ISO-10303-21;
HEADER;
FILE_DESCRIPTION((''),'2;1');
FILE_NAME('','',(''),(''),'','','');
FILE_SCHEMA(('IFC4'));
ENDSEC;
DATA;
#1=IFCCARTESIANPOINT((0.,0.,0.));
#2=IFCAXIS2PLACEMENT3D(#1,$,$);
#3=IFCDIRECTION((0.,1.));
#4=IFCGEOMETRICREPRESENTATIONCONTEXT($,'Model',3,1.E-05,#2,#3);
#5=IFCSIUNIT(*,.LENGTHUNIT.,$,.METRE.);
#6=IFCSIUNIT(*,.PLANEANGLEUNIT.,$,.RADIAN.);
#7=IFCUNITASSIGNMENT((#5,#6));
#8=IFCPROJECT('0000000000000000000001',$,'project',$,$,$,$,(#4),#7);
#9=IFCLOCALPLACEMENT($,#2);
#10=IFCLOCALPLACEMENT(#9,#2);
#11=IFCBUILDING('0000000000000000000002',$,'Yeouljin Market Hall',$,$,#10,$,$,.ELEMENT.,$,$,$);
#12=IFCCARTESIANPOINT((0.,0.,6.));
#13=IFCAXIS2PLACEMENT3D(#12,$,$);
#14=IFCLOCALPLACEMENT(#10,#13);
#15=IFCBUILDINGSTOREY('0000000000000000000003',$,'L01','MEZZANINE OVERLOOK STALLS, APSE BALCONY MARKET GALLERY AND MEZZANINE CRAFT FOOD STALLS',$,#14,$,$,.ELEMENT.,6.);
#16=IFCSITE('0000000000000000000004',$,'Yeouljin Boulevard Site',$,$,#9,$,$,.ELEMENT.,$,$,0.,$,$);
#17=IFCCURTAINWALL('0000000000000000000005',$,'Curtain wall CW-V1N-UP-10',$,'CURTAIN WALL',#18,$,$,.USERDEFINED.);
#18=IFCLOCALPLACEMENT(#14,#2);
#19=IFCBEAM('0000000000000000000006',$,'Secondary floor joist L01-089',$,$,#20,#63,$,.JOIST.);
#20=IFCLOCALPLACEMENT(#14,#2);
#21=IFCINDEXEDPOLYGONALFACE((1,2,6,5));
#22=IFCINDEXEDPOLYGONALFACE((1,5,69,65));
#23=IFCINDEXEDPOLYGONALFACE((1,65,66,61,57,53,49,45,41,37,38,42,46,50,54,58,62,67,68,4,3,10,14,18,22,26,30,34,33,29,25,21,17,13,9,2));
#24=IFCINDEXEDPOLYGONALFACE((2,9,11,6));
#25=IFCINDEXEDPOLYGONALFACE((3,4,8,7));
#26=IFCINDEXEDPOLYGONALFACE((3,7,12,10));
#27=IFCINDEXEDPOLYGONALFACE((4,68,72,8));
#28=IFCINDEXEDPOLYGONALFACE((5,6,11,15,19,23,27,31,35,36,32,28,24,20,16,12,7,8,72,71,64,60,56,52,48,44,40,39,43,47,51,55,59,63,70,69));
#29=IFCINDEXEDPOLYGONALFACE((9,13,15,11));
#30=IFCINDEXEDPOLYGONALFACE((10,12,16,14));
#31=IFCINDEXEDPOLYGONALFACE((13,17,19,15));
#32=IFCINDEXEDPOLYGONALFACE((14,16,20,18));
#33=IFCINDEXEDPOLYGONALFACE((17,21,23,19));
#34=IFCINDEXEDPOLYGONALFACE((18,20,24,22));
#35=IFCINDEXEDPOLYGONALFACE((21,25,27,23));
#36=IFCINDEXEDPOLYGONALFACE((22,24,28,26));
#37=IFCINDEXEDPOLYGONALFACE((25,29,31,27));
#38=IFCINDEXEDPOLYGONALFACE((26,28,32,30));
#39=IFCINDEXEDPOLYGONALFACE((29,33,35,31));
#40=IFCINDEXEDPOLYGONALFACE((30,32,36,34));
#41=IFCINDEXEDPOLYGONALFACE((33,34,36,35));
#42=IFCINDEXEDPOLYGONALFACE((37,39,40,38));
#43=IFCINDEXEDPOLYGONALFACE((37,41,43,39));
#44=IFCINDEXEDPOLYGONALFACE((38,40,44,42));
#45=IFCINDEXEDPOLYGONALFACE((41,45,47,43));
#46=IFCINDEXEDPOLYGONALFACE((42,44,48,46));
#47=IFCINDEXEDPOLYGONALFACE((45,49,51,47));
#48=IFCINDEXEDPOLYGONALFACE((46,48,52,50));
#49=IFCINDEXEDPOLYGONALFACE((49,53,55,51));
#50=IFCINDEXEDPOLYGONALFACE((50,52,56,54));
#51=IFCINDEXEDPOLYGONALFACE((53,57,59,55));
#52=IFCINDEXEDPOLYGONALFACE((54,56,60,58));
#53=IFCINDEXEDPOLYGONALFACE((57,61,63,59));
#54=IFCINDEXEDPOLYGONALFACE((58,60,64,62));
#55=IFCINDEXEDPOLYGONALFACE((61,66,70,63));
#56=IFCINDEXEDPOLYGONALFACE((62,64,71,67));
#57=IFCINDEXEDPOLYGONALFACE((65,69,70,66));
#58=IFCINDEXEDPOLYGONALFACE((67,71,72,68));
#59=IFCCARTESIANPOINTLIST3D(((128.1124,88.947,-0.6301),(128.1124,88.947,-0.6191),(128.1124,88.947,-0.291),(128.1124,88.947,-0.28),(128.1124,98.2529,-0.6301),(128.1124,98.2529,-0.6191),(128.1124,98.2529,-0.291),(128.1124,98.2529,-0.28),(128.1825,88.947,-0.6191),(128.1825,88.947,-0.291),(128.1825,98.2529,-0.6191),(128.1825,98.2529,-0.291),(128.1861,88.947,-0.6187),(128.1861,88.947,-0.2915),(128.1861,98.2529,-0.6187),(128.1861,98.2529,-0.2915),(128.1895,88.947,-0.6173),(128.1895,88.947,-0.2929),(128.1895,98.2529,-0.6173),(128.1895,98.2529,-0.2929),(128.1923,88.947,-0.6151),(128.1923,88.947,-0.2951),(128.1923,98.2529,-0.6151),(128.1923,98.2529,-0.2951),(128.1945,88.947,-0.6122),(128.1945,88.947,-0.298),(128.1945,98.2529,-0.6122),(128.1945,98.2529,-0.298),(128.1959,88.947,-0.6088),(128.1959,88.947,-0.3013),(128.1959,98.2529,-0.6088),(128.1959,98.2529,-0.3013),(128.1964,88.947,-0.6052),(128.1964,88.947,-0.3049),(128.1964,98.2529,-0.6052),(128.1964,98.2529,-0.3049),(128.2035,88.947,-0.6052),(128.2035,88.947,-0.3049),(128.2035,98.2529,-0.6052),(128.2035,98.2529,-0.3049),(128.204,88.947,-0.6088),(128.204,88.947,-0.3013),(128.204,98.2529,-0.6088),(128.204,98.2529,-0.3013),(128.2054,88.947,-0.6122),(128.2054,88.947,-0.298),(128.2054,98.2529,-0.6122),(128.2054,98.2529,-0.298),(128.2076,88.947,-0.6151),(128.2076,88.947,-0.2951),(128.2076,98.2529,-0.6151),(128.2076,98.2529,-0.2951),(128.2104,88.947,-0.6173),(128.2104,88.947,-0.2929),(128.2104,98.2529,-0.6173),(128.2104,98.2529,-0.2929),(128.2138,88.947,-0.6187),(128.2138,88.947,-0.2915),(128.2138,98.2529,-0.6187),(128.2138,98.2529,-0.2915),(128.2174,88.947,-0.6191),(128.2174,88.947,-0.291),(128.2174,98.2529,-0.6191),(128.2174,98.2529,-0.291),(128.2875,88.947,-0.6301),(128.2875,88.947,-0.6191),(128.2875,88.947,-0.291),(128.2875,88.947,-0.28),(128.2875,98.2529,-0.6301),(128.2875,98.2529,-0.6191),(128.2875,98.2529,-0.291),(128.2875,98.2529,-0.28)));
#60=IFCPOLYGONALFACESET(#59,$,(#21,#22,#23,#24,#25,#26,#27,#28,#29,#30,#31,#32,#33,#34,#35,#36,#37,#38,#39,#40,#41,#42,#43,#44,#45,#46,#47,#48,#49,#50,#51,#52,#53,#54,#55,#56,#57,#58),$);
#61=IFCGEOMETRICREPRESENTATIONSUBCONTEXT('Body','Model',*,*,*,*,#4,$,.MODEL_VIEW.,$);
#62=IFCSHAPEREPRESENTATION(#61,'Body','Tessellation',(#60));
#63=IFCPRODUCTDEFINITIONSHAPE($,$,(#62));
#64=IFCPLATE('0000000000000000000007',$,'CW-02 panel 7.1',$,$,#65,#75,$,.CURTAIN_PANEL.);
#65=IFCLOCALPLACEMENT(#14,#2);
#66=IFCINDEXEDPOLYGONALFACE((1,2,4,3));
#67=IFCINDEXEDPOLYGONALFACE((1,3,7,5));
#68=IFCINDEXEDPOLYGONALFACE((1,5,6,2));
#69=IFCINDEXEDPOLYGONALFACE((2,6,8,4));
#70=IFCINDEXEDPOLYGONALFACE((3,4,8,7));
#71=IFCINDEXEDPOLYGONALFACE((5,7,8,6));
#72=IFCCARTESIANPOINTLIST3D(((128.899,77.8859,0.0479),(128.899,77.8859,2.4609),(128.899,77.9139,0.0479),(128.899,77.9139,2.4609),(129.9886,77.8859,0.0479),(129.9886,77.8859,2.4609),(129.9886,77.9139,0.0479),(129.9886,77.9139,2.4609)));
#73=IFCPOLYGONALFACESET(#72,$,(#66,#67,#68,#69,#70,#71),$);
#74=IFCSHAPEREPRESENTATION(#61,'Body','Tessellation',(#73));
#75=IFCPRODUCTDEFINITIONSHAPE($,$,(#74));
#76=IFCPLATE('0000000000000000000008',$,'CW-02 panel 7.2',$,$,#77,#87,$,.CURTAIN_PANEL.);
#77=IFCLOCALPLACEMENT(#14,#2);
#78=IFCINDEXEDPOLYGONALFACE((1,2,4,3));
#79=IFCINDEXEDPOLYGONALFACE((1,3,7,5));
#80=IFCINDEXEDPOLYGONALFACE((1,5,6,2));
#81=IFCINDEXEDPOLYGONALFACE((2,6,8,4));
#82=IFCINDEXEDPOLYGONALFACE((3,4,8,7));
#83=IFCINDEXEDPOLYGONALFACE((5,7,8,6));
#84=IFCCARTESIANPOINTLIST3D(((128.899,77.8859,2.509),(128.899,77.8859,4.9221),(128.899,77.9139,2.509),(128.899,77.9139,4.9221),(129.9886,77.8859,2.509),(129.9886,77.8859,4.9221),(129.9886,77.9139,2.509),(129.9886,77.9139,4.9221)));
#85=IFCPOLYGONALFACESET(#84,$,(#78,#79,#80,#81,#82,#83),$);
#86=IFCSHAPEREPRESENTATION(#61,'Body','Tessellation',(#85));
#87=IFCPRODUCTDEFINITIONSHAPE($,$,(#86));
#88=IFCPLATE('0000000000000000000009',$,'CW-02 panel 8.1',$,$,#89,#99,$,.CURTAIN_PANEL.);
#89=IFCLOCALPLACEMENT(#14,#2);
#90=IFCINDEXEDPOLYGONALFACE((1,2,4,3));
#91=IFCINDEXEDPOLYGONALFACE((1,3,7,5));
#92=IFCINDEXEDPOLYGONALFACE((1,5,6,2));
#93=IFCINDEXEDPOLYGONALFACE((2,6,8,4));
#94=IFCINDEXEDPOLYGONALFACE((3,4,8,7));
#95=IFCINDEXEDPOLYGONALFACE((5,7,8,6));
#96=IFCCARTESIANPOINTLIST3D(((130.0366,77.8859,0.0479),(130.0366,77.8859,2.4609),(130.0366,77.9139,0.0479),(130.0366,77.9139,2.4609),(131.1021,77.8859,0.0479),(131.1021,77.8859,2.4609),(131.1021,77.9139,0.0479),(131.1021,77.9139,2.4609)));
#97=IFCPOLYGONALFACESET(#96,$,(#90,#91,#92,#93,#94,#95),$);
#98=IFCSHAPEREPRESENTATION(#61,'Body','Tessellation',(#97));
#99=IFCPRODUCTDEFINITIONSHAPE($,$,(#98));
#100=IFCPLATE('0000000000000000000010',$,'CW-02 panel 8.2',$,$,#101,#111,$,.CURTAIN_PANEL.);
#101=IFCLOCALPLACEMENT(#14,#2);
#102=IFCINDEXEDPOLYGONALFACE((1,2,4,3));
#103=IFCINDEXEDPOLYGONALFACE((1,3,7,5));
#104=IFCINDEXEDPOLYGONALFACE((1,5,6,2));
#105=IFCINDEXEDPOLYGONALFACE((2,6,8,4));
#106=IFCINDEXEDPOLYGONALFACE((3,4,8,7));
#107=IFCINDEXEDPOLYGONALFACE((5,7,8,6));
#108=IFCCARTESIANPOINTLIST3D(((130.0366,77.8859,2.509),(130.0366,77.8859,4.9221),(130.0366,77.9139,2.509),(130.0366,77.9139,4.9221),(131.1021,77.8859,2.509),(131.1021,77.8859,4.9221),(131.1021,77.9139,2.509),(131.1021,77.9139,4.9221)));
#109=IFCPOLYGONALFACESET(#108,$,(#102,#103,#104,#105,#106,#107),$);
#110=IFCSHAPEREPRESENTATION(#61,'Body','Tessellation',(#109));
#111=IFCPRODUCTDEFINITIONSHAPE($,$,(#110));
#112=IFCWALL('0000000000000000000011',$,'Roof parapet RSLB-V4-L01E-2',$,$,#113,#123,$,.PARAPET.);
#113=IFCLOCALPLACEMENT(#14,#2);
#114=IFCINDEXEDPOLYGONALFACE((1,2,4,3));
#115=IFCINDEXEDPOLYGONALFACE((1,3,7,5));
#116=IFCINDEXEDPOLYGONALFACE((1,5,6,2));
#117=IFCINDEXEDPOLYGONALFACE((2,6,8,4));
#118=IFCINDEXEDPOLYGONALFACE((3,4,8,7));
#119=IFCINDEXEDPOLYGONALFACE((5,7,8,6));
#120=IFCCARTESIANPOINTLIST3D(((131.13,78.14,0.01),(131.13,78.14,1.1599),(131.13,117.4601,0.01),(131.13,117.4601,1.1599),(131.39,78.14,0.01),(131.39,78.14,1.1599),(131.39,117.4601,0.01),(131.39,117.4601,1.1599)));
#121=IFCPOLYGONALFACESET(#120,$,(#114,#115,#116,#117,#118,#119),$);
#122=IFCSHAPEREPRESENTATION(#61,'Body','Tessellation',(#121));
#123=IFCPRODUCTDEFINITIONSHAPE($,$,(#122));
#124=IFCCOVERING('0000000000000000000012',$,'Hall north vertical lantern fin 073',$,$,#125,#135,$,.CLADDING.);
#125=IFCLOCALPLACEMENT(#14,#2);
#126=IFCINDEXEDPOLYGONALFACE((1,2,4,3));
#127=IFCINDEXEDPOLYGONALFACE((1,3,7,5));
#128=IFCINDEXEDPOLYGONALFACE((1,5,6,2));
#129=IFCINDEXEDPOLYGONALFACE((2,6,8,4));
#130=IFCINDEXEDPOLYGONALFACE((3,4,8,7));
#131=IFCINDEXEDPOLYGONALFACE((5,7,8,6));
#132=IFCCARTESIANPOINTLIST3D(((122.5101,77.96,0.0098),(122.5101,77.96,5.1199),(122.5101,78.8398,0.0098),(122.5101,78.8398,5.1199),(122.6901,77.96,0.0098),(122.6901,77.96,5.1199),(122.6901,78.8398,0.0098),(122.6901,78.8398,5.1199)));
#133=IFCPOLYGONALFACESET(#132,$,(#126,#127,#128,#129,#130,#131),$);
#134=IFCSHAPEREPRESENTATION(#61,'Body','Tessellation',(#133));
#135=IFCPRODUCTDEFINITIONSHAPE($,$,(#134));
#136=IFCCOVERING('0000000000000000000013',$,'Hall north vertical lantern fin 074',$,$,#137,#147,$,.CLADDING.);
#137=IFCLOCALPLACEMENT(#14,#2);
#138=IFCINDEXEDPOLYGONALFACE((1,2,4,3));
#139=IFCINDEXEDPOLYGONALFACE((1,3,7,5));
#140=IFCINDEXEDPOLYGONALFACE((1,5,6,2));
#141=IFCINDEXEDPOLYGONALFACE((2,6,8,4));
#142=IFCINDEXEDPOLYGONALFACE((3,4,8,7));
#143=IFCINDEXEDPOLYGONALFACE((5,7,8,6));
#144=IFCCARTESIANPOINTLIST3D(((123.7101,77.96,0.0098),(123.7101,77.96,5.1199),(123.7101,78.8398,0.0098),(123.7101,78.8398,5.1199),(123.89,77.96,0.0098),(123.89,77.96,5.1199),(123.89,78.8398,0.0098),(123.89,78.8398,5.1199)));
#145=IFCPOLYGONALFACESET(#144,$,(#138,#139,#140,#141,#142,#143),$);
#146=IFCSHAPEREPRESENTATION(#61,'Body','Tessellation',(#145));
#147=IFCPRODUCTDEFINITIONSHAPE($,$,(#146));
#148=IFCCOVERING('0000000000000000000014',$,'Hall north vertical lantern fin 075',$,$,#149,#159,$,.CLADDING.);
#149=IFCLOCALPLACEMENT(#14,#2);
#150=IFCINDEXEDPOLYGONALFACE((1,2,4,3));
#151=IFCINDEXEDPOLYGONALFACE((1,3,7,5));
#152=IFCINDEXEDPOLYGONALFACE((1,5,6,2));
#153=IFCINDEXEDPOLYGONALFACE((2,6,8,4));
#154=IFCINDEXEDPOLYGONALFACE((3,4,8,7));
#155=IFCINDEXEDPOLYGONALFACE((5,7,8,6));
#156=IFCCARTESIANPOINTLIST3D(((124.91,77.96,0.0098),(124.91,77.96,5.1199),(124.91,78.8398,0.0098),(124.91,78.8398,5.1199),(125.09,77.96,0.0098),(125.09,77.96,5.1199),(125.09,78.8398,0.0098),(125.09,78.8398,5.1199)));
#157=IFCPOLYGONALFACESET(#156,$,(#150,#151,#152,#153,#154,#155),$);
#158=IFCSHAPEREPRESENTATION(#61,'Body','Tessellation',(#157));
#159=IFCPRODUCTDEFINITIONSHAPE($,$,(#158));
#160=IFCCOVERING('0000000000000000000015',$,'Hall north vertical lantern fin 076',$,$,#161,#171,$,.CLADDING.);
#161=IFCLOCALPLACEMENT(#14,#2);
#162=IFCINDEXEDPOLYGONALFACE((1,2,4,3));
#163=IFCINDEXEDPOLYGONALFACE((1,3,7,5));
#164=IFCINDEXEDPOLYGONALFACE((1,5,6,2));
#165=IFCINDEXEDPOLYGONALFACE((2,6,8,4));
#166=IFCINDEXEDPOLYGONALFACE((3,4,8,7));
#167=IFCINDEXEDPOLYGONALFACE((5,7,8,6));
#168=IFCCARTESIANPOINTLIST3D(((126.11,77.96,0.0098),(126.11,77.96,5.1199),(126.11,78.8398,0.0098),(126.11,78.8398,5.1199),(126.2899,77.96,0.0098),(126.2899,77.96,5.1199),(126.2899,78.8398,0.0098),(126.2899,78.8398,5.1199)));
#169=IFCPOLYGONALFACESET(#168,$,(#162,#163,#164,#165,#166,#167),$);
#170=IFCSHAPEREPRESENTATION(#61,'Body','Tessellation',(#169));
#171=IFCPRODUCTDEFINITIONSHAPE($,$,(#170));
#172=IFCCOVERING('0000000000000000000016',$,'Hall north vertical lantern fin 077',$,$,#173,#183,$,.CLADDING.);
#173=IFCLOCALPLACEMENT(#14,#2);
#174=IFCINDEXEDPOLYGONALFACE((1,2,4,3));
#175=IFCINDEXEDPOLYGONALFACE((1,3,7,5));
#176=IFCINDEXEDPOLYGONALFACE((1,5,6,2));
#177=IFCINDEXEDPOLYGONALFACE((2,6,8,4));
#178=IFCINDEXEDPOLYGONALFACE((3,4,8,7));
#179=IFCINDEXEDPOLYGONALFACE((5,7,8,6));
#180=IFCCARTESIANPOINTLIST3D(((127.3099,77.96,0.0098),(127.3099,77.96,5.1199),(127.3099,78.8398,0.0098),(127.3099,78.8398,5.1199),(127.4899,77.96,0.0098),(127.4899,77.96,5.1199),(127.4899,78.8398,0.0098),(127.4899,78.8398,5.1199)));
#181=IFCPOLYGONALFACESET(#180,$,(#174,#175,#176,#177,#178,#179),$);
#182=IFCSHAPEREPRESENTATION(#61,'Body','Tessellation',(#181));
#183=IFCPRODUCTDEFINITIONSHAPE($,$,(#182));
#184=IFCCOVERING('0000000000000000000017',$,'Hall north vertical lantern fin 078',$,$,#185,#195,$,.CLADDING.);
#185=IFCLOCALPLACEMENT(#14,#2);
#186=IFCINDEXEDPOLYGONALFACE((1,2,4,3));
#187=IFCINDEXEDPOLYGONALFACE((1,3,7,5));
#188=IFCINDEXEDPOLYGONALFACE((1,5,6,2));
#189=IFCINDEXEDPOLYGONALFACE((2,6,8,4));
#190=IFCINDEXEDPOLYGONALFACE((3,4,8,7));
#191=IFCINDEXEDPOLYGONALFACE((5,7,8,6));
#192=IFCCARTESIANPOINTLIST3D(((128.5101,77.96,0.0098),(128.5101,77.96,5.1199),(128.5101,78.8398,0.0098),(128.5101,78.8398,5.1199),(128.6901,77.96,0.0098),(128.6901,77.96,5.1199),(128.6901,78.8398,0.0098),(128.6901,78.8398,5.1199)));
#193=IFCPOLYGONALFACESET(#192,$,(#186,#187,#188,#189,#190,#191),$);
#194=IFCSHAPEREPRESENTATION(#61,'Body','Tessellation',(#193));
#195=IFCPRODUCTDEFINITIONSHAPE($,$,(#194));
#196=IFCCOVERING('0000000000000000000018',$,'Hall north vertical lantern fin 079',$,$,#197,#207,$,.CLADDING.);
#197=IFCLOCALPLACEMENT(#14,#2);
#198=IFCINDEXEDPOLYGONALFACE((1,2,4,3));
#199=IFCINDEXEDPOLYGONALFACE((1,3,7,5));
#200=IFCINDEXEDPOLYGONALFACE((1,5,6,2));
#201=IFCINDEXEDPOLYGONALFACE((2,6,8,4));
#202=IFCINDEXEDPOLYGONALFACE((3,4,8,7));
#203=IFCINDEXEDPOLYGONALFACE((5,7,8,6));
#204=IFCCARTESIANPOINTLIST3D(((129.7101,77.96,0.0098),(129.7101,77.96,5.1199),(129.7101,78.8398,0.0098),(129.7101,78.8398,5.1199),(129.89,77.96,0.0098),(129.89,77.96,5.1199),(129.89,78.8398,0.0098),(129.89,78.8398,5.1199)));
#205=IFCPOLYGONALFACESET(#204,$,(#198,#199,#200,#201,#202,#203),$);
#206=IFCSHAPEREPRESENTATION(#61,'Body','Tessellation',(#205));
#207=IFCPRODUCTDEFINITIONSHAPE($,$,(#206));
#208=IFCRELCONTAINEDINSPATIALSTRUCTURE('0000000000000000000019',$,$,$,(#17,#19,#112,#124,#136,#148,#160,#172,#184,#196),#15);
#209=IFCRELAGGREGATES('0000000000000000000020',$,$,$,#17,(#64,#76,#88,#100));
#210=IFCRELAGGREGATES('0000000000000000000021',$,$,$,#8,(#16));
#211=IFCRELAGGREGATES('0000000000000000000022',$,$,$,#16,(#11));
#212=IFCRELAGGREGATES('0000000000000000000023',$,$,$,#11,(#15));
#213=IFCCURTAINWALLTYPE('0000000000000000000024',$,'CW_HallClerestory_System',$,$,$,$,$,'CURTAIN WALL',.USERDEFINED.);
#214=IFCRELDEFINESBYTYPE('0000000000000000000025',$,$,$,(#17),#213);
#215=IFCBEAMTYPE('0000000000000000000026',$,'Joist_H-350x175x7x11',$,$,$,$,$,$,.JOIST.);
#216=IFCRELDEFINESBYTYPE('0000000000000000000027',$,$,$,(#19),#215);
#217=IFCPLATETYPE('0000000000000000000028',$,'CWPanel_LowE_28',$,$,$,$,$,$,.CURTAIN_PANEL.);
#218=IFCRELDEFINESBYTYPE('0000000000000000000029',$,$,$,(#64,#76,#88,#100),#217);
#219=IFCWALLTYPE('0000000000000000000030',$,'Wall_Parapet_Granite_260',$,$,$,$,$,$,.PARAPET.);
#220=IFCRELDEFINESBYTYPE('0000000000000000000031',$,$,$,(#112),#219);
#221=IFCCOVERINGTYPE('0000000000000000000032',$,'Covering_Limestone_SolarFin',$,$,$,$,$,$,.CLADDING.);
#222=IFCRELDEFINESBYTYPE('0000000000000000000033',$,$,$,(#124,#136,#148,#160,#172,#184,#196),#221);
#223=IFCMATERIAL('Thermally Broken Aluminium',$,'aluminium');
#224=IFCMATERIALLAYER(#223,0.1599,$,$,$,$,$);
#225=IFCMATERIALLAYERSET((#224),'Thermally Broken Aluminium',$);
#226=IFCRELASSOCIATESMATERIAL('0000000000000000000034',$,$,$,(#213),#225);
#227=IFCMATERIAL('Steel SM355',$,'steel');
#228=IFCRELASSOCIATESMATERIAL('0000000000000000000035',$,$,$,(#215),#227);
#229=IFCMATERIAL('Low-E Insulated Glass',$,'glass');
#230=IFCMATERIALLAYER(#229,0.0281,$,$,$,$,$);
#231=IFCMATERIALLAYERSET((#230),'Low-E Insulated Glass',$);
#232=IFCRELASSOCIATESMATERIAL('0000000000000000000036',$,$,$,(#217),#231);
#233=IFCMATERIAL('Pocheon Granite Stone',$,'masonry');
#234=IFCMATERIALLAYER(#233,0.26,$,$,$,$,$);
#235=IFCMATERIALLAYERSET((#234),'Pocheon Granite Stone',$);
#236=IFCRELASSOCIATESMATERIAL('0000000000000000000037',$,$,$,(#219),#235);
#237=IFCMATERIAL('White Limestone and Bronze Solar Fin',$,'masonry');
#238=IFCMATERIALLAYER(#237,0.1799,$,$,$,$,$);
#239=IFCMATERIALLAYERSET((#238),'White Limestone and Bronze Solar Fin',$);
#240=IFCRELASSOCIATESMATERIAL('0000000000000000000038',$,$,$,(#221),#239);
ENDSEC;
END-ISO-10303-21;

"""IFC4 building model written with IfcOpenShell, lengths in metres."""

from ifc_helpers import new_model, si_unit, direction, frame, frame_2d, origin, origin_2d, place, context, subcontext, project, spatial, rectangle, i_section, extrude, material, layer, layer_set, material_profile, profile_set, type_object, element, aggregate, save


model = new_model("IFC4")

# Units and contexts
model_context = context("Model", 3, precision=1e-05, world=origin(), true_north=direction((0.0, 1.0)))
body_context = subcontext(model_context, "Body", "Model", "MODEL_VIEW")
ifc_project = project(units=[si_unit("LENGTHUNIT", "METRE"), si_unit("PLANEANGLEUNIT", "RADIAN")], contexts=[model_context])

# Site, building, storey
site_placement = place(None, origin())
site = spatial("IfcSite", under=ifc_project, at=site_placement, Name="Yeouljin Boulevard Site", CompositionType="ELEMENT", RefElevation=0.0)
building_placement = place(site_placement, origin())
building = spatial("IfcBuilding", under=site, at=building_placement, Name="Yeouljin Market Hall", CompositionType="ELEMENT")
storey_placement = place(building_placement, frame((0.0, 0.0, 6.0)))
storey = spatial("IfcBuildingStorey", under=building, at=storey_placement, Name="L01", Description="MEZZANINE OVERLOOK STALLS, APSE BALCONY MARKET GALLERY AND MEZZANINE CRAFT FOOD STALLS", CompositionType="ELEMENT", Elevation=6.0)

# Curtain wall
ifc_material_1 = material(Name="Thermally Broken Aluminium", Category="aluminium")
ifc_layer_1 = layer(ifc_material_1, 0.1599)
ifc_layer_set_1 = layer_set([ifc_layer_1], Name="Thermally Broken Aluminium")
curtain_wall_type = type_object("IfcCurtainWallType", Name="CW_HallClerestory_System", ElementType="CURTAIN WALL", PredefinedType="USERDEFINED", material=ifc_layer_set_1)
curtain_wall_placement = place(storey_placement, origin())
curtain_wall = element("IfcCurtainWall", 1, at=curtain_wall_placement, inside=storey, type_object=curtain_wall_type, Name="Curtain wall CW-V1N-UP-10", ObjectType="CURTAIN WALL", PredefinedType="USERDEFINED")

# Beam
ifc_material_2 = material(Name="Steel SM355", Category="steel")
ifc_material_profile_1 = material_profile(ifc_material_2, i_section(OverallWidth=0.175, OverallDepth=0.3501, WebThickness=0.0071, FlangeThickness=0.011, FilletRadius=0.0139, at=origin_2d()), Name="H-350x175x7x11")
ifc_profile_set_1 = profile_set([ifc_material_profile_1], Name="Steel SM355")
beam_type_1 = type_object("IfcBeamType", Name="Joist_H-350x175x7x11", PredefinedType="JOIST", material=ifc_profile_set_1)
for number, where, z_axis, x_axis, name in (
    (2, (128.2, 88.947, -0.4551), (0.0, 1.0, 0.0), (-1.0, 0.0, 0.0), "Secondary floor joist L01-089"),
):
    element("IfcBeam", number, at=place(storey_placement, frame(where, z_axis=z_axis, x_axis=x_axis)), inside=storey, type_object=beam_type_1, Name=name, PredefinedType="JOIST", context=body_context, shape_type="SweptSolid", body=[
        extrude(i_section(OverallWidth=0.175, OverallDepth=0.3501, WebThickness=0.0071, FlangeThickness=0.011, FilletRadius=0.0139, at=origin_2d()), origin(), (0.0, 0.0, 1.0), 9.3059),
    ])

# Plates
ifc_material_3 = material(Name="Low-E Insulated Glass", Category="glass")
ifc_layer_2 = layer(ifc_material_3, 0.0281)
ifc_layer_set_2 = layer_set([ifc_layer_2], Name="Low-E Insulated Glass")
plate_type = type_object("IfcPlateType", Name="CWPanel_LowE_28", PredefinedType="CURTAIN_PANEL", material=ifc_layer_set_2)
plate_1_placement = place(storey_placement, frame((129.4438, 77.8999, 0.0479), z_axis=(0.0, 0.0, 1.0), x_axis=(1.0, 0.0, 0.0)))
plate_1 = element("IfcPlate", 3, at=plate_1_placement, type_object=plate_type, Name="CW-02 panel 7.1", PredefinedType="CURTAIN_PANEL", context=body_context, shape_type="SweptSolid", body=[
    extrude(rectangle(XDim=1.0896, YDim=0.0281, at=origin_2d()), origin(), (0.0, 0.0, 1.0), 2.4131),
])
plate_2_placement = place(storey_placement, frame((129.4438, 77.8999, 2.509), z_axis=(0.0, 0.0, 1.0), x_axis=(1.0, 0.0, 0.0)))
plate_2 = element("IfcPlate", 4, at=plate_2_placement, type_object=plate_type, Name="CW-02 panel 7.2", PredefinedType="CURTAIN_PANEL", context=body_context, shape_type="SweptSolid", body=[
    extrude(rectangle(XDim=1.0896, YDim=0.0281, at=origin_2d()), origin(), (0.0, 0.0, 1.0), 2.4131),
])
plate_3_placement = place(storey_placement, frame((130.5693, 77.8999, 0.0479), z_axis=(0.0, 0.0, 1.0), x_axis=(1.0, 0.0, 0.0)))
plate_3 = element("IfcPlate", 5, at=plate_3_placement, type_object=plate_type, Name="CW-02 panel 8.1", PredefinedType="CURTAIN_PANEL", context=body_context, shape_type="SweptSolid", body=[
    extrude(rectangle(XDim=1.0654, YDim=0.0281, at=origin_2d()), origin(), (0.0, 0.0, 1.0), 2.4131),
])
plate_4_placement = place(storey_placement, frame((130.5693, 77.8999, 2.509), z_axis=(0.0, 0.0, 1.0), x_axis=(1.0, 0.0, 0.0)))
plate_4 = element("IfcPlate", 6, at=plate_4_placement, type_object=plate_type, Name="CW-02 panel 8.2", PredefinedType="CURTAIN_PANEL", context=body_context, shape_type="SweptSolid", body=[
    extrude(rectangle(XDim=1.0654, YDim=0.0281, at=origin_2d()), origin(), (0.0, 0.0, 1.0), 2.4131),
])
aggregate(curtain_wall, [plate_1, plate_2, plate_3, plate_4])

# Wall
ifc_material_4 = material(Name="Pocheon Granite Stone", Category="masonry")
ifc_layer_3 = layer(ifc_material_4, 0.26)
ifc_layer_set_3 = layer_set([ifc_layer_3], Name="Pocheon Granite Stone")
wall_type = type_object("IfcWallType", Name="Wall_Parapet_Granite_260", PredefinedType="PARAPET", material=ifc_layer_set_3)
wall_placement = place(storey_placement, frame((131.26, 78.1399, 0.01), z_axis=(0.0, 0.0, 1.0), x_axis=(0.0, 1.0, 0.0)))
element("IfcWall", 7, at=wall_placement, inside=storey, type_object=wall_type, Name="Roof parapet RSLB-V4-L01E-2", PredefinedType="PARAPET", context=body_context, shape_type="SweptSolid", body=[
    extrude(rectangle(XDim=39.3201, YDim=0.26, at=frame_2d((19.6602, 0.0))), origin(), (0.0, 0.0, 1.0), 1.1499),
])

# Coverings
ifc_material_5 = material(Name="White Limestone and Bronze Solar Fin", Category="masonry")
ifc_layer_4 = layer(ifc_material_5, 0.1799)
ifc_layer_set_4 = layer_set([ifc_layer_4], Name="White Limestone and Bronze Solar Fin")
covering_type = type_object("IfcCoveringType", Name="Covering_Limestone_SolarFin", PredefinedType="CLADDING", material=ifc_layer_set_4)
for number, where, z_axis, x_axis, name in (
    (8, (122.6001, 78.3999, 0.0098), (0.0, 0.0, 1.0), (1.0, 0.0, 0.0), "Hall north vertical lantern fin 073"),
    (9, (123.8, 78.3999, 0.0098), (0.0, 0.0, 1.0), (1.0, 0.0, 0.0), "Hall north vertical lantern fin 074"),
    (10, (125.0, 78.3999, 0.0098), (0.0, 0.0, 1.0), (1.0, 0.0, 0.0), "Hall north vertical lantern fin 075"),
    (11, (126.2, 78.3999, 0.0098), (0.0, 0.0, 1.0), (1.0, 0.0, 0.0), "Hall north vertical lantern fin 076"),
    (12, (127.3999, 78.3999, 0.0098), (0.0, 0.0, 1.0), (1.0, 0.0, 0.0), "Hall north vertical lantern fin 077"),
    (13, (128.6001, 78.3999, 0.0098), (0.0, 0.0, 1.0), (1.0, 0.0, 0.0), "Hall north vertical lantern fin 078"),
    (14, (129.8, 78.3999, 0.0098), (0.0, 0.0, 1.0), (1.0, 0.0, 0.0), "Hall north vertical lantern fin 079"),
):
    element("IfcCovering", number, at=place(storey_placement, frame(where, z_axis=z_axis, x_axis=x_axis)), inside=storey, type_object=covering_type, Name=name, PredefinedType="CLADDING", context=body_context, shape_type="SweptSolid", body=[
        extrude(rectangle(XDim=0.1799, YDim=0.8799, at=origin_2d()), origin(), (0.0, 0.0, 1.0), 5.1101),
    ])

save(model, "model.ifc")
